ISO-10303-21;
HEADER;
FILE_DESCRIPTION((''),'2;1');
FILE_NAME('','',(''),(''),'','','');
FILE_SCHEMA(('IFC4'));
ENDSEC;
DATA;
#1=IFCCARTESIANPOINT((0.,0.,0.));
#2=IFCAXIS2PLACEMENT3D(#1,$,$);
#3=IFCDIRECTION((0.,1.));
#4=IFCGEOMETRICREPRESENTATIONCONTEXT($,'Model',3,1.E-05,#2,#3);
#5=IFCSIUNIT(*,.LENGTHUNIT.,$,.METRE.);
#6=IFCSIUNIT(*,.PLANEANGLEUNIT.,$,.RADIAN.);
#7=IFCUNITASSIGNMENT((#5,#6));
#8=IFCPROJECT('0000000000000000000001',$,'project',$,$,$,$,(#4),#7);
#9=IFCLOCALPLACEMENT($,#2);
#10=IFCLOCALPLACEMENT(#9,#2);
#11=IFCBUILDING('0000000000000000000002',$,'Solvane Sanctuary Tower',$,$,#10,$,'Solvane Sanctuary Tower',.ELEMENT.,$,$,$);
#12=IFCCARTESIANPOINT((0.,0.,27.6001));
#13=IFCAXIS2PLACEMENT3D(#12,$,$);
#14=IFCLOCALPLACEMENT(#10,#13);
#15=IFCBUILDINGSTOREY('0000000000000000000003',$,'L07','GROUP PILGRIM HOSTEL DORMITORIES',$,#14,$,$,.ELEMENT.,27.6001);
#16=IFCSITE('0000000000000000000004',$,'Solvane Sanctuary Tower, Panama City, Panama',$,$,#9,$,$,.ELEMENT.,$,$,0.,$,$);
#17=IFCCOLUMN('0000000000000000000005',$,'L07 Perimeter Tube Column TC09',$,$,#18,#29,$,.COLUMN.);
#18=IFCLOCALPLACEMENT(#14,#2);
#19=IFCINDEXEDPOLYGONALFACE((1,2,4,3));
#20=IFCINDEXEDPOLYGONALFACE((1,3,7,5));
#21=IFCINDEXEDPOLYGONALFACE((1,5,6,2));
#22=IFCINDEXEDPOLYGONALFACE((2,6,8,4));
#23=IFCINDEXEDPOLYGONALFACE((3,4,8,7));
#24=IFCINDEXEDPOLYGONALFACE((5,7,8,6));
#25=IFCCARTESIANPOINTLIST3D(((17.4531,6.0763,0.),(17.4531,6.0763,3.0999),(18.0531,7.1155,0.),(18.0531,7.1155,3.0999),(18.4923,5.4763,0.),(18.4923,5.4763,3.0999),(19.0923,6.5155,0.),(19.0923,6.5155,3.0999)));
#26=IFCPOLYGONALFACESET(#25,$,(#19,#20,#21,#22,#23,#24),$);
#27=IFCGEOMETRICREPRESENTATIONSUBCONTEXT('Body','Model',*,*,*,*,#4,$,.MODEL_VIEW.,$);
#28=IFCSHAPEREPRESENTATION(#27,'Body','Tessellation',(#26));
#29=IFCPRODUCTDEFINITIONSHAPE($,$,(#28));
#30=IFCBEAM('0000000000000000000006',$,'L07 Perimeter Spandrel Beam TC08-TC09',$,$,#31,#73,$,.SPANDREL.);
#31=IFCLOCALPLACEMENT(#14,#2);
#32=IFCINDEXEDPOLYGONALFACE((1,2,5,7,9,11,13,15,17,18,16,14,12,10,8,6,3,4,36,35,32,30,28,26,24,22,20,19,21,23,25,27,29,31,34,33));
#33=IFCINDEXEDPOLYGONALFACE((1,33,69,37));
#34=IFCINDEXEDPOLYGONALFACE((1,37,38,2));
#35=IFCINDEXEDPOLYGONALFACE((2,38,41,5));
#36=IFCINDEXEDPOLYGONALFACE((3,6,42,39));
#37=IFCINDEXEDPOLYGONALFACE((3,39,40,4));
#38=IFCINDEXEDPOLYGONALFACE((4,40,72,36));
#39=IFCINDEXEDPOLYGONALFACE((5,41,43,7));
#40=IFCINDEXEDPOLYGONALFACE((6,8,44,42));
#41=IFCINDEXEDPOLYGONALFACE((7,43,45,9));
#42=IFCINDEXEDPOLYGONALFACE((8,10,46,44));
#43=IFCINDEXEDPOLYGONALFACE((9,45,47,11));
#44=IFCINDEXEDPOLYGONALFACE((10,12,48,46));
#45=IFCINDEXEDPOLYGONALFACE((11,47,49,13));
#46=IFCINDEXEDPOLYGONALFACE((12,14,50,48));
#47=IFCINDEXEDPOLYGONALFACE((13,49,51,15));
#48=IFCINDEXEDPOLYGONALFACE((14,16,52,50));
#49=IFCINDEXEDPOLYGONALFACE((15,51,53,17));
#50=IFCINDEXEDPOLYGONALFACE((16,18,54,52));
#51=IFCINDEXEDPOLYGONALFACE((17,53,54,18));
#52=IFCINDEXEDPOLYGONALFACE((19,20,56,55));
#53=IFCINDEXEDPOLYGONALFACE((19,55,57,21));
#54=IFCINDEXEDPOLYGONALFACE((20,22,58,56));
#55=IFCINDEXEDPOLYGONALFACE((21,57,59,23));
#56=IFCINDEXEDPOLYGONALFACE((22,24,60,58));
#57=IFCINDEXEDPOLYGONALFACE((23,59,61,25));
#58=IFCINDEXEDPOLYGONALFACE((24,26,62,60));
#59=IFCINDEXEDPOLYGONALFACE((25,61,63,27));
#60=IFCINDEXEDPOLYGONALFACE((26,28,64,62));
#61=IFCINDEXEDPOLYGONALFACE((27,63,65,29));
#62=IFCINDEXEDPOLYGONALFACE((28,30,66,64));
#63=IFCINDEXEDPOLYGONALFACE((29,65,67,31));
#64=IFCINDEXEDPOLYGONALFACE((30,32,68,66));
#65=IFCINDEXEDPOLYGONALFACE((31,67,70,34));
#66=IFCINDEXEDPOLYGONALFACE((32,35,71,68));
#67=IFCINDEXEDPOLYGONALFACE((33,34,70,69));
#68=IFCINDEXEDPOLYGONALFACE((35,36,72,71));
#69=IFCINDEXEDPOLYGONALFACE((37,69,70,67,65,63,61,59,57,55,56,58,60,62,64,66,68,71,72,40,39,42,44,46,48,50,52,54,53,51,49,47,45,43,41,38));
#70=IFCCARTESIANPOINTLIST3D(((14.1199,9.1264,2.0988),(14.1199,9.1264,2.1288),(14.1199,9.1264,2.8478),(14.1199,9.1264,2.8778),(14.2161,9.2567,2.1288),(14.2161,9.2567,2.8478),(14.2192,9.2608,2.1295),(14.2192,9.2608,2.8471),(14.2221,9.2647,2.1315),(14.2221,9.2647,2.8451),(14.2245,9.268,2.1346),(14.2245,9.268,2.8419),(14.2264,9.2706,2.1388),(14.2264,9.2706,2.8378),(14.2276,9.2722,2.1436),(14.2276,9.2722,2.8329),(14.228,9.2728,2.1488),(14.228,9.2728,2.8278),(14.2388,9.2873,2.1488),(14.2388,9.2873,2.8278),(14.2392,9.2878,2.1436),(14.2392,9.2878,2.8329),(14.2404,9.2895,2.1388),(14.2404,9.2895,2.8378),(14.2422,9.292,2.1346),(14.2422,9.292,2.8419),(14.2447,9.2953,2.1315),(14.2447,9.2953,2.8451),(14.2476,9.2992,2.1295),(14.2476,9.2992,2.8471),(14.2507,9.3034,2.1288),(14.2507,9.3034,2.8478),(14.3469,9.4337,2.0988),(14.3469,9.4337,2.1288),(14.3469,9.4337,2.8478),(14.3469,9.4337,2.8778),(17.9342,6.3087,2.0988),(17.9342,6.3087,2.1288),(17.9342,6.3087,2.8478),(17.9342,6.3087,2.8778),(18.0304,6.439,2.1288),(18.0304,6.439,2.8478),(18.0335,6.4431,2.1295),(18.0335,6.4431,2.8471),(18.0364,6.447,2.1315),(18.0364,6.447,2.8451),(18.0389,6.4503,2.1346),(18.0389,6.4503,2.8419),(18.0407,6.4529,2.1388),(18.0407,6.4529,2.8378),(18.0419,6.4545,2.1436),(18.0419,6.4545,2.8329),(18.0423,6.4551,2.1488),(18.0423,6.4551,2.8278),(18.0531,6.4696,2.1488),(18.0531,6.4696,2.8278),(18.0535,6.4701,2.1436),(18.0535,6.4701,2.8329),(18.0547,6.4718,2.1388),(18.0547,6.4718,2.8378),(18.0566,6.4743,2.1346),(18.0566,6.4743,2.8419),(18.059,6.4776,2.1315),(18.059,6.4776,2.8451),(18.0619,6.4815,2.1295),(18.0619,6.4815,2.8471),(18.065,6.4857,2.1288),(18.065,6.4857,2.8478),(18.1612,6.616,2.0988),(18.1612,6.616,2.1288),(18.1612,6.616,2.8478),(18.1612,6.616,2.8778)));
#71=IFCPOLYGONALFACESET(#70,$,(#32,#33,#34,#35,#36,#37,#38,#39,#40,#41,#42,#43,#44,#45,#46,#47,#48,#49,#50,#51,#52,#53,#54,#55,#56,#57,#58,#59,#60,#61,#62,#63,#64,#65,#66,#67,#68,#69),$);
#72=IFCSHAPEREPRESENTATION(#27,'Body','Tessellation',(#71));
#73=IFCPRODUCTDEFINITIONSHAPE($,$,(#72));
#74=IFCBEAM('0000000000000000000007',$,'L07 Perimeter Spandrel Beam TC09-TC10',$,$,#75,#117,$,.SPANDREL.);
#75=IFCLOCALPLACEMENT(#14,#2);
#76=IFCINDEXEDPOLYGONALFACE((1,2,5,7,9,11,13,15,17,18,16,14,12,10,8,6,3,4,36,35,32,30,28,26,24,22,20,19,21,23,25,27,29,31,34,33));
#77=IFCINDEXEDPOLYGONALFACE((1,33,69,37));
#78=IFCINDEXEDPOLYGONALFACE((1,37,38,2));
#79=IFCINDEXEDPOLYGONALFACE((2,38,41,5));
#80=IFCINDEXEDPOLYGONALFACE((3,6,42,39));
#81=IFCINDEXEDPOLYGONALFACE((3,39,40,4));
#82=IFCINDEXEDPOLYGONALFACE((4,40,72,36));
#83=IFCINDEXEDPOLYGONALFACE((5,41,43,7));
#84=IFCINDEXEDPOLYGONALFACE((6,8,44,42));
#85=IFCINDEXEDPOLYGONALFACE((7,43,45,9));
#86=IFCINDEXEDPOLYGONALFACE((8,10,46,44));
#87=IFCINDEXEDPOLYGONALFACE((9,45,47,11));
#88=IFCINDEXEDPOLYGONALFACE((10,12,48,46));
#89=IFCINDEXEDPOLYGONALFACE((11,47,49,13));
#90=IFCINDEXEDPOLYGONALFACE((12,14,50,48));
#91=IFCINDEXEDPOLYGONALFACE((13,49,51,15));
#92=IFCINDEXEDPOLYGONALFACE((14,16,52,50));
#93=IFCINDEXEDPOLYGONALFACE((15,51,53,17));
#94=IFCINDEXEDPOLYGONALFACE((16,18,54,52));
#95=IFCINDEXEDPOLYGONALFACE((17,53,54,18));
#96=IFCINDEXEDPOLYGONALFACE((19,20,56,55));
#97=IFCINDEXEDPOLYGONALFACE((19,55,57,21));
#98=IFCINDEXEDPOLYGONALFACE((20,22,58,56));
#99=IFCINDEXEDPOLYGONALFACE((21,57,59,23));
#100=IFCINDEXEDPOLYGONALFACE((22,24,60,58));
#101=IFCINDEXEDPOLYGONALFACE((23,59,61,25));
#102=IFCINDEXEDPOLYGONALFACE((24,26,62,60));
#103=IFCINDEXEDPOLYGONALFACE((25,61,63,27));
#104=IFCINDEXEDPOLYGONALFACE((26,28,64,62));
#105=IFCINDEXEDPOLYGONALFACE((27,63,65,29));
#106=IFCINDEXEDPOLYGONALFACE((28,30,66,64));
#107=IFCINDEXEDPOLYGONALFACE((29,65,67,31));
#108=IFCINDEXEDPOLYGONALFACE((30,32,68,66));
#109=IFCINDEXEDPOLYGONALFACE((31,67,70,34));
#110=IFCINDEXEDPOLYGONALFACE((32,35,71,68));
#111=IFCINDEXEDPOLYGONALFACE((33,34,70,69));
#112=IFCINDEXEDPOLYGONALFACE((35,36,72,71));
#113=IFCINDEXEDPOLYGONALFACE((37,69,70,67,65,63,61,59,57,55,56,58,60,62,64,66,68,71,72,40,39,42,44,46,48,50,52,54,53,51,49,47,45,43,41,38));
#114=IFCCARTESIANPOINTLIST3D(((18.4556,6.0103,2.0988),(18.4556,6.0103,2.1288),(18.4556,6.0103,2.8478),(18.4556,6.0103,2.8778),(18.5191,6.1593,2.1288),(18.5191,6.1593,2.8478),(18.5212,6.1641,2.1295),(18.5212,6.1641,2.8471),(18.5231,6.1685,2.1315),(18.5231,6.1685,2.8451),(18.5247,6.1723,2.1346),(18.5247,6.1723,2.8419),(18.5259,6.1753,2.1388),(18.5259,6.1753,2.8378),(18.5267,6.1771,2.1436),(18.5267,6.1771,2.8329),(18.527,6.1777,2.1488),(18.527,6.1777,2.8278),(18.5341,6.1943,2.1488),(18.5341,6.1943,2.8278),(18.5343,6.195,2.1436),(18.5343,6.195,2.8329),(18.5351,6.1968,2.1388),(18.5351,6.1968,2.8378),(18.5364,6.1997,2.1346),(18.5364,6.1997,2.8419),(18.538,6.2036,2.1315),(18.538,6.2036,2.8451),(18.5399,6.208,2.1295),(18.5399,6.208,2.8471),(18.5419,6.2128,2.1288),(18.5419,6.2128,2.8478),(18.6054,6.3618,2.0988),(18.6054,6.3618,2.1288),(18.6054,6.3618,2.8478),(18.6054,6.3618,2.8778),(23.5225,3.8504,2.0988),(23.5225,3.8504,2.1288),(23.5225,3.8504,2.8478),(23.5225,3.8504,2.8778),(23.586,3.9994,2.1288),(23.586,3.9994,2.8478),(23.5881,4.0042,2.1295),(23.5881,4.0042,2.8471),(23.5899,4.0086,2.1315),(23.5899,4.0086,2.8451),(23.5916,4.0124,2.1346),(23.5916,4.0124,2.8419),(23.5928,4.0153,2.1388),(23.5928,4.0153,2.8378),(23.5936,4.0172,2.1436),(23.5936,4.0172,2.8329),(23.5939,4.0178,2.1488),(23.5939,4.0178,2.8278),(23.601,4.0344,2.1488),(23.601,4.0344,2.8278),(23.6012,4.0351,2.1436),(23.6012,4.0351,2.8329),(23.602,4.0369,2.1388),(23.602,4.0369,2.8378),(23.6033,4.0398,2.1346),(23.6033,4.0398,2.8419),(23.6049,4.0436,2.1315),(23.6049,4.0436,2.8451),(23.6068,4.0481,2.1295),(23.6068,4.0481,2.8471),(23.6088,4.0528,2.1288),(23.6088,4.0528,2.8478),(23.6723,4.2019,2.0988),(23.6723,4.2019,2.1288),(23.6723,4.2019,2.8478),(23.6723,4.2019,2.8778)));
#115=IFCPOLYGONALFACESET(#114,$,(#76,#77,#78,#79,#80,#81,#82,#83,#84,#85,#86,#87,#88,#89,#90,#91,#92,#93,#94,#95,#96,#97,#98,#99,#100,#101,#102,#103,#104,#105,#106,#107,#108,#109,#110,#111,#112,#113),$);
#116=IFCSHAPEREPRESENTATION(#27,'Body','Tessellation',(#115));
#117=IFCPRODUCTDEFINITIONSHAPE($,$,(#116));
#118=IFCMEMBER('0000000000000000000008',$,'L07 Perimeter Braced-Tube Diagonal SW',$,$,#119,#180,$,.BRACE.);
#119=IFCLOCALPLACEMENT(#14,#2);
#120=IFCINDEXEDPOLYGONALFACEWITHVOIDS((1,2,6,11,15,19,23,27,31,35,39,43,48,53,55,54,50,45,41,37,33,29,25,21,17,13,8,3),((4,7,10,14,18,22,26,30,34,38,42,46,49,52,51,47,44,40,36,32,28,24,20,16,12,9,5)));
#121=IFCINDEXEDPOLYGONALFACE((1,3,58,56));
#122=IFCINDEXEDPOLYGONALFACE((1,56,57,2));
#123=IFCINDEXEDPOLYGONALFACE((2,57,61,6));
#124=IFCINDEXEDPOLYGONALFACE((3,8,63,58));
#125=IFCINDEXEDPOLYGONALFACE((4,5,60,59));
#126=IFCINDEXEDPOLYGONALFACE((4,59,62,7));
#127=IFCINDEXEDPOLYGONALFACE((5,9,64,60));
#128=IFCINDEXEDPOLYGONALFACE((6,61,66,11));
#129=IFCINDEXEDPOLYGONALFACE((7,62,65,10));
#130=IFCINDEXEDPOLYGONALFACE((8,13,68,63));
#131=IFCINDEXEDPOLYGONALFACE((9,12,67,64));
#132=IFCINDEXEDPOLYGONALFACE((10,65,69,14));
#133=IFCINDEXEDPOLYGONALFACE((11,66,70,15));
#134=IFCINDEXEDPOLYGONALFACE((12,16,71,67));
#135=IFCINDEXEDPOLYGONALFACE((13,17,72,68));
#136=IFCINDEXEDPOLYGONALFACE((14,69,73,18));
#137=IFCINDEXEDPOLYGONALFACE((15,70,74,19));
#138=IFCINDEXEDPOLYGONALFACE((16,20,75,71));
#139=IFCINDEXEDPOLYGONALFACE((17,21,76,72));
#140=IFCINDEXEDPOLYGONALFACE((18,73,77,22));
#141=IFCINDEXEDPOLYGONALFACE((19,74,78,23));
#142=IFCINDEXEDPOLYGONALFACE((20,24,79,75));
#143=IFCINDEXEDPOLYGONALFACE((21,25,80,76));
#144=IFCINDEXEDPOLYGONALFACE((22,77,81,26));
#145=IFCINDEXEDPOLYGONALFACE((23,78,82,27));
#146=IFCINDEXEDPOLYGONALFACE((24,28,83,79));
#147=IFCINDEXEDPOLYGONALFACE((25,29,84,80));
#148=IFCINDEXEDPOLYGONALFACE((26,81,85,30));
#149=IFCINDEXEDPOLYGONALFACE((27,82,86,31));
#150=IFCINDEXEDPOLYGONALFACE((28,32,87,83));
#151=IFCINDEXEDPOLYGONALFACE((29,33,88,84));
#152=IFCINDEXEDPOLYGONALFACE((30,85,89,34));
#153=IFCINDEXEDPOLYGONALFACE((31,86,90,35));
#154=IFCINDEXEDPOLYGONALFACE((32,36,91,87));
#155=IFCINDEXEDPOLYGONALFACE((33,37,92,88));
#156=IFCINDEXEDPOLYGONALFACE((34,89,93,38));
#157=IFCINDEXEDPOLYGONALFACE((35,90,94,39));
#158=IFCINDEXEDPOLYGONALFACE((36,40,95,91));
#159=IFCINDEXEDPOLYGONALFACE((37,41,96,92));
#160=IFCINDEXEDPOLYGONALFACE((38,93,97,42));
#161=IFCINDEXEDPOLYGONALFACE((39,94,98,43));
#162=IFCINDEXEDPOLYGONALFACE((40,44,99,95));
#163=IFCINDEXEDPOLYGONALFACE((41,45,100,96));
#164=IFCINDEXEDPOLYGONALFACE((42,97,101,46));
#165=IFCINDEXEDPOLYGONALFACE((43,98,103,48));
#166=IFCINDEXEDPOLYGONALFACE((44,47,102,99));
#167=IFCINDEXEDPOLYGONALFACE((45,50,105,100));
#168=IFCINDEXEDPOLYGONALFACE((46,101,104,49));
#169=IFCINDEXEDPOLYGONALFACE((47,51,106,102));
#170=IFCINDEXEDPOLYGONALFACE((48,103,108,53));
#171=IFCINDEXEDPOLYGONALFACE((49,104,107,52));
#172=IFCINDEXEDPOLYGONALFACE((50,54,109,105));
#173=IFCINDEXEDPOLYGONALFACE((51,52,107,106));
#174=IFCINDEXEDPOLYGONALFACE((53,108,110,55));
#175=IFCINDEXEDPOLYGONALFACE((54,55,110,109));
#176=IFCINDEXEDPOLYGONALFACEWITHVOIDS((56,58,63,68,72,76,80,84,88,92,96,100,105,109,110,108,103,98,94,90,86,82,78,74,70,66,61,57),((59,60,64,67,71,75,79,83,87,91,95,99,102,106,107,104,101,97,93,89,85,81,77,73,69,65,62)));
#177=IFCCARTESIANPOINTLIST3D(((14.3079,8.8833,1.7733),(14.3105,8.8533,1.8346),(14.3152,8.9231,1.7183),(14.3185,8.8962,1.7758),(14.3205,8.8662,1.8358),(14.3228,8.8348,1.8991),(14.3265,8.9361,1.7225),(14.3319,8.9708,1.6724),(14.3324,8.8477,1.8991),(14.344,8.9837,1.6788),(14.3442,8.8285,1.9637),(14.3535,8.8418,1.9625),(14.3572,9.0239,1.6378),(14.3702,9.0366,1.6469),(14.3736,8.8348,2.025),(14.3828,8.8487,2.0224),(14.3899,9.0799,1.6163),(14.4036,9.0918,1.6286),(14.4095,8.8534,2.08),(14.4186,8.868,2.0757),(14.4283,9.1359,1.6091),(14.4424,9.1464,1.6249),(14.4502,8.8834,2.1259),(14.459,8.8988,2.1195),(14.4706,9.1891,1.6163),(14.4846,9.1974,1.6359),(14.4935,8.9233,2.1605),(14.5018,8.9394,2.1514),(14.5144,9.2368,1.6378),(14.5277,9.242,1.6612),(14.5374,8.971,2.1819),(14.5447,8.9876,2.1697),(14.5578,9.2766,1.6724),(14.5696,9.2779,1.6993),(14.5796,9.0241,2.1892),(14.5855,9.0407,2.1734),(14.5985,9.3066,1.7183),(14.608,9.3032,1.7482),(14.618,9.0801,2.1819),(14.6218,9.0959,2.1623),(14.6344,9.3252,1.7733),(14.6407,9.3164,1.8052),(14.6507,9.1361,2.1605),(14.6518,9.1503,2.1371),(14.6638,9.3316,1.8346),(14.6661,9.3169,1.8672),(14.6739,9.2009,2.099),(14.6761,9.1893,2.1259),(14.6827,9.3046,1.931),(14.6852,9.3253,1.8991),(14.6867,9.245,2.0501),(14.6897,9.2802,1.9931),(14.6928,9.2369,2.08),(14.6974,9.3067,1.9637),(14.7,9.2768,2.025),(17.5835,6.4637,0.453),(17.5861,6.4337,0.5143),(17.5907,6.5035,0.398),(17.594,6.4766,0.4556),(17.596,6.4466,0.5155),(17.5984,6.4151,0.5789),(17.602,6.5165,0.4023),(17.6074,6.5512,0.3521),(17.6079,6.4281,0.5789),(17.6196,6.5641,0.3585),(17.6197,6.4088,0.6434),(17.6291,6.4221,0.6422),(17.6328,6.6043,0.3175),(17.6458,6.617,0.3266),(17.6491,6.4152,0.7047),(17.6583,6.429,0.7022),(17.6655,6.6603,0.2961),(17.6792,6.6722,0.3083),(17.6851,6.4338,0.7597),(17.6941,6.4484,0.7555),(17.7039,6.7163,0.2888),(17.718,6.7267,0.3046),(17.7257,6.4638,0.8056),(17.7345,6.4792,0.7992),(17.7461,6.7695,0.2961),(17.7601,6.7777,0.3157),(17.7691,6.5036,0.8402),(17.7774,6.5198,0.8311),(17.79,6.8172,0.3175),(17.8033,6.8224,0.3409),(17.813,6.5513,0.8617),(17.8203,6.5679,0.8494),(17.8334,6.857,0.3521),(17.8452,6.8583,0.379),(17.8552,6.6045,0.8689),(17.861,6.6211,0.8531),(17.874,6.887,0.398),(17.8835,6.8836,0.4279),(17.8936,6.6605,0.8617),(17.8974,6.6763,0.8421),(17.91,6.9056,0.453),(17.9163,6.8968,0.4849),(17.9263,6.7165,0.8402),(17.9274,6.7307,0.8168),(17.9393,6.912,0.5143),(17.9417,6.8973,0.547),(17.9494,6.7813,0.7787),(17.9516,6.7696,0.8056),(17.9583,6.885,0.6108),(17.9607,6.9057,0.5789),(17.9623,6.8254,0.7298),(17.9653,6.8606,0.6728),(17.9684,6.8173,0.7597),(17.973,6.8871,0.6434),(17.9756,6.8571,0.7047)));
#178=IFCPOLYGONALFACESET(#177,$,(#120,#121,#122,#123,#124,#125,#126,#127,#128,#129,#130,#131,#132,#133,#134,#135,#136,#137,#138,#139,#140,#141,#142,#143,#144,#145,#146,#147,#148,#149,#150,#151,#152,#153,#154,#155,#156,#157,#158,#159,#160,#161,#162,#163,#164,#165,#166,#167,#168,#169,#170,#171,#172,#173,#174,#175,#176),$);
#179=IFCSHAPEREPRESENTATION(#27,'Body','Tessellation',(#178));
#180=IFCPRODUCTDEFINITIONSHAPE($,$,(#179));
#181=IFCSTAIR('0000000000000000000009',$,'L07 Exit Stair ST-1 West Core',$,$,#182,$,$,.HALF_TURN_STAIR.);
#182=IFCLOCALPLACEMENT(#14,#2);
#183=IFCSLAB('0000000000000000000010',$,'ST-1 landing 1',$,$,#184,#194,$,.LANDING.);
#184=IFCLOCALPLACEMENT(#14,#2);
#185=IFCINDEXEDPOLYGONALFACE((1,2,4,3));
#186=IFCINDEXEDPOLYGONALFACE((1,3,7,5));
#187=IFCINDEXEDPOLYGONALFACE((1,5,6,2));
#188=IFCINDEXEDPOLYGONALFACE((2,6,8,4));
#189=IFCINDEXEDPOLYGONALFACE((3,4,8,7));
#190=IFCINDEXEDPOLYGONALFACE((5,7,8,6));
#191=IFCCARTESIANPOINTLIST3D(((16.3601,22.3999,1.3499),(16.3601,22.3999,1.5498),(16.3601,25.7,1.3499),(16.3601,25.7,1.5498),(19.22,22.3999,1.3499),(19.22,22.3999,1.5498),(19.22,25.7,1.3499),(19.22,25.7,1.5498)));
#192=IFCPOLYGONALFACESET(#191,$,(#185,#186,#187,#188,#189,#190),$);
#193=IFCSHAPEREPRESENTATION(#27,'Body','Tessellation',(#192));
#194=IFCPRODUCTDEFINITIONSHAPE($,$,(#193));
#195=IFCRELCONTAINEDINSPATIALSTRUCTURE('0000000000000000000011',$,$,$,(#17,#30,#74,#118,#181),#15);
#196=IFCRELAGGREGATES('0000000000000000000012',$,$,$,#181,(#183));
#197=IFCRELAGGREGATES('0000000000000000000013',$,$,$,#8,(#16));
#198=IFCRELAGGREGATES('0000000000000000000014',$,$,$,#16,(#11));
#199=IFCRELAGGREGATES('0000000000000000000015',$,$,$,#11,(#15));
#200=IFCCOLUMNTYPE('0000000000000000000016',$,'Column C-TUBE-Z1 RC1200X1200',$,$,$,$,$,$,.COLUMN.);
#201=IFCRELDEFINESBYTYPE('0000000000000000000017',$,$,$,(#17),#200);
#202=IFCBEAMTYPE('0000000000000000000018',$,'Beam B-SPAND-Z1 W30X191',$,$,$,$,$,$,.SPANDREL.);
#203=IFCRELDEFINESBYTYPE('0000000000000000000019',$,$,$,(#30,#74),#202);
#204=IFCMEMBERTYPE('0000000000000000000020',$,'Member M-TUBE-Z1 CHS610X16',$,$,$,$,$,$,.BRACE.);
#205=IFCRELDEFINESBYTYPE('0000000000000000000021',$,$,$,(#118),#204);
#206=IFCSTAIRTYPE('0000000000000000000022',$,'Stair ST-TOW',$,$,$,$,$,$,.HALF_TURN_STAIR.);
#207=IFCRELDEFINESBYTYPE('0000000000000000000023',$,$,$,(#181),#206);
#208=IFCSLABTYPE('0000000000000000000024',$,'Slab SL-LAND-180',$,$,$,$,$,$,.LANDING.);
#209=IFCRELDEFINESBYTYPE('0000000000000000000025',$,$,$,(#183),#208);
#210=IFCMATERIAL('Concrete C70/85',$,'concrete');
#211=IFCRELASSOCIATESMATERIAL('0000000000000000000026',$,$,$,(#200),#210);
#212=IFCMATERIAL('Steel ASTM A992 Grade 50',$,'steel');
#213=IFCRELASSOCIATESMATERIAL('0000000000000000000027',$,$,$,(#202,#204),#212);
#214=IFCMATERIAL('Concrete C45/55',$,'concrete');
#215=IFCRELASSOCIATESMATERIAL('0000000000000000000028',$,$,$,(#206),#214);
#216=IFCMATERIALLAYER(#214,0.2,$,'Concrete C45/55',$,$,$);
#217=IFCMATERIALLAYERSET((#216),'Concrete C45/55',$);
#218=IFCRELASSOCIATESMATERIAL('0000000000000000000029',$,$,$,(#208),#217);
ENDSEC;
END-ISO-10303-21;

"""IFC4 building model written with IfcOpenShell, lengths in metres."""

from ifc_helpers import new_model, si_unit, direction, frame, origin, origin_2d, place, context, subcontext, project, spatial, polyline, rectangle, hollow_circle, i_section, outline, extrude, material, layer, layer_set, material_profile, profile_set, type_object, element, aggregate, save


model = new_model("IFC4")

# Units and contexts
model_context = context("Model", 3, precision=1e-05, world=origin(), true_north=direction((0.0, 1.0)))
body_context = subcontext(model_context, "Body", "Model", "MODEL_VIEW")
ifc_project = project(units=[si_unit("LENGTHUNIT", "METRE"), si_unit("PLANEANGLEUNIT", "RADIAN")], contexts=[model_context])

# Site, building, storey
site_placement = place(None, origin())
site = spatial("IfcSite", under=ifc_project, at=site_placement, Name="Solvane Sanctuary Tower, Panama City, Panama", CompositionType="ELEMENT", RefElevation=0.0)
building_placement = place(site_placement, origin())
building = spatial("IfcBuilding", under=site, at=building_placement, Name="Solvane Sanctuary Tower", LongName="Solvane Sanctuary Tower", CompositionType="ELEMENT")
storey_placement = place(building_placement, frame((0.0, 0.0, 27.6001)))
storey = spatial("IfcBuildingStorey", under=building, at=storey_placement, Name="L07", Description="GROUP PILGRIM HOSTEL DORMITORIES", CompositionType="ELEMENT", Elevation=27.6001)

# Column
ifc_material_1 = material(Name="Concrete C70/85", Category="concrete")
ifc_material_profile_1 = material_profile(ifc_material_1, rectangle(XDim=1.2, YDim=1.2, at=origin_2d()), Name="RC1200X1200")
ifc_profile_set_1 = profile_set([ifc_material_profile_1], Name="Concrete C70/85")
column_type = type_object("IfcColumnType", Name="Column C-TUBE-Z1 RC1200X1200", PredefinedType="COLUMN", material=ifc_profile_set_1)
column_placement = place(storey_placement, frame((18.2727, 6.2959, 0.0), z_axis=(0.0, 0.0, 1.0), x_axis=(-0.5, -0.866025, 0.0)))
element("IfcColumn", 1, at=column_placement, inside=storey, type_object=column_type, Name="L07 Perimeter Tube Column TC09", PredefinedType="COLUMN", context=body_context, shape_type="SweptSolid", body=[
    extrude(rectangle(XDim=1.2, YDim=1.2, at=origin_2d()), origin(), (0.0, 0.0, 1.0), 3.0999),
])

# Beams
ifc_material_2 = material(Name="Steel ASTM A992 Grade 50", Category="steel")
ifc_material_profile_2 = material_profile(ifc_material_2, i_section(OverallWidth=0.3821, OverallDepth=0.7791, WebThickness=0.0181, FlangeThickness=0.03, FilletRadius=0.02, at=origin_2d()), Name="W30X191")
ifc_profile_set_2 = profile_set([ifc_material_profile_2], Name="Steel ASTM A992 Grade 50")
beam_type = type_object("IfcBeamType", Name="Beam B-SPAND-Z1 W30X191", PredefinedType="SPANDREL", material=ifc_profile_set_2)
beam_1_placement = place(storey_placement, frame((14.2334, 9.28, 2.4883), z_axis=(0.804334, -0.594177, 0.0), x_axis=(0.594177, 0.804334, 0.0)))
element("IfcBeam", 2, at=beam_1_placement, inside=storey, type_object=beam_type, Name="L07 Perimeter Spandrel Beam TC08-TC09", PredefinedType="SPANDREL", context=body_context, shape_type="SweptSolid", body=[
    extrude(i_section(OverallWidth=0.3821, OverallDepth=0.7791, WebThickness=0.0181, FlangeThickness=0.03, FilletRadius=0.02, at=origin_2d()), origin(), (0.0, 0.0, 1.0), 4.7422),
])
beam_2_placement = place(storey_placement, frame((18.5305, 6.186, 2.4883), z_axis=(0.919907, -0.392137, 0.0), x_axis=(0.392137, 0.919907, 0.0)))
element("IfcBeam", 3, at=beam_2_placement, inside=storey, type_object=beam_type, Name="L07 Perimeter Spandrel Beam TC09-TC10", PredefinedType="SPANDREL", context=body_context, shape_type="SweptSolid", body=[
    extrude(i_section(OverallWidth=0.3821, OverallDepth=0.7791, WebThickness=0.0181, FlangeThickness=0.03, FilletRadius=0.02, at=origin_2d()), origin(), (0.0, 0.0, 1.0), 5.5081),
])

# Member
ifc_material_profile_3 = material_profile(ifc_material_2, hollow_circle(Radius=0.3049, WallThickness=0.0161, at=origin_2d()), Name="CHS610X16")
ifc_profile_set_3 = profile_set([ifc_material_profile_3], Name="Steel ASTM A992 Grade 50")
member_type = type_object("IfcMemberType", Name="Member M-TUBE-Z1 CHS610X16", PredefinedType="BRACE", material=ifc_profile_set_3)
member_placement = place(storey_placement, frame((17.7795, 6.6604, 0.5789), z_axis=(-0.765138, 0.5652, 0.308405), x_axis=(-0.594162, -0.804346, 0.0)))
element("IfcMember", 4, at=member_placement, inside=storey, type_object=member_type, Name="L07 Perimeter Braced-Tube Diagonal SW", PredefinedType="BRACE", context=body_context, shape_type="SweptSolid", body=[
    extrude(hollow_circle(Radius=0.3049, WallThickness=0.0161, at=origin_2d()), origin(), (0.0, 0.0, 1.0), 4.281),
])

# Stair, slab
ifc_material_3 = material(Name="Concrete C45/55", Category="concrete")
stair_type = type_object("IfcStairType", Name="Stair ST-TOW", PredefinedType="HALF_TURN_STAIR", material=ifc_material_3)
stair_1_placement = place(storey_placement, origin())
stair_1 = element("IfcStair", 5, at=stair_1_placement, inside=storey, type_object=stair_type, Name="L07 Exit Stair ST-1 West Core", PredefinedType="HALF_TURN_STAIR")
ifc_layer_1 = layer(ifc_material_3, 0.2, Name="Concrete C45/55")
ifc_layer_set_1 = layer_set([ifc_layer_1], Name="Concrete C45/55")
slab_type_1 = type_object("IfcSlabType", Name="Slab SL-LAND-180", PredefinedType="LANDING", material=ifc_layer_set_1)
slab_1_placement = place(storey_placement, frame((0.0, 0.0, 1.3499)))
slab_1 = element("IfcSlab", 6, at=slab_1_placement, type_object=slab_type_1, Name="ST-1 landing 1", PredefinedType="LANDING", context=body_context, shape_type="SweptSolid", body=[
    extrude(outline(polyline([(19.22, 22.3999), (19.22, 25.7), (16.3601, 25.7), (16.3601, 22.3999), (19.22, 22.3999)])), origin(), (0.0, 0.0, 1.0), 0.2),
])
aggregate(stair_1, [slab_1])

save(model, "model.ifc")
